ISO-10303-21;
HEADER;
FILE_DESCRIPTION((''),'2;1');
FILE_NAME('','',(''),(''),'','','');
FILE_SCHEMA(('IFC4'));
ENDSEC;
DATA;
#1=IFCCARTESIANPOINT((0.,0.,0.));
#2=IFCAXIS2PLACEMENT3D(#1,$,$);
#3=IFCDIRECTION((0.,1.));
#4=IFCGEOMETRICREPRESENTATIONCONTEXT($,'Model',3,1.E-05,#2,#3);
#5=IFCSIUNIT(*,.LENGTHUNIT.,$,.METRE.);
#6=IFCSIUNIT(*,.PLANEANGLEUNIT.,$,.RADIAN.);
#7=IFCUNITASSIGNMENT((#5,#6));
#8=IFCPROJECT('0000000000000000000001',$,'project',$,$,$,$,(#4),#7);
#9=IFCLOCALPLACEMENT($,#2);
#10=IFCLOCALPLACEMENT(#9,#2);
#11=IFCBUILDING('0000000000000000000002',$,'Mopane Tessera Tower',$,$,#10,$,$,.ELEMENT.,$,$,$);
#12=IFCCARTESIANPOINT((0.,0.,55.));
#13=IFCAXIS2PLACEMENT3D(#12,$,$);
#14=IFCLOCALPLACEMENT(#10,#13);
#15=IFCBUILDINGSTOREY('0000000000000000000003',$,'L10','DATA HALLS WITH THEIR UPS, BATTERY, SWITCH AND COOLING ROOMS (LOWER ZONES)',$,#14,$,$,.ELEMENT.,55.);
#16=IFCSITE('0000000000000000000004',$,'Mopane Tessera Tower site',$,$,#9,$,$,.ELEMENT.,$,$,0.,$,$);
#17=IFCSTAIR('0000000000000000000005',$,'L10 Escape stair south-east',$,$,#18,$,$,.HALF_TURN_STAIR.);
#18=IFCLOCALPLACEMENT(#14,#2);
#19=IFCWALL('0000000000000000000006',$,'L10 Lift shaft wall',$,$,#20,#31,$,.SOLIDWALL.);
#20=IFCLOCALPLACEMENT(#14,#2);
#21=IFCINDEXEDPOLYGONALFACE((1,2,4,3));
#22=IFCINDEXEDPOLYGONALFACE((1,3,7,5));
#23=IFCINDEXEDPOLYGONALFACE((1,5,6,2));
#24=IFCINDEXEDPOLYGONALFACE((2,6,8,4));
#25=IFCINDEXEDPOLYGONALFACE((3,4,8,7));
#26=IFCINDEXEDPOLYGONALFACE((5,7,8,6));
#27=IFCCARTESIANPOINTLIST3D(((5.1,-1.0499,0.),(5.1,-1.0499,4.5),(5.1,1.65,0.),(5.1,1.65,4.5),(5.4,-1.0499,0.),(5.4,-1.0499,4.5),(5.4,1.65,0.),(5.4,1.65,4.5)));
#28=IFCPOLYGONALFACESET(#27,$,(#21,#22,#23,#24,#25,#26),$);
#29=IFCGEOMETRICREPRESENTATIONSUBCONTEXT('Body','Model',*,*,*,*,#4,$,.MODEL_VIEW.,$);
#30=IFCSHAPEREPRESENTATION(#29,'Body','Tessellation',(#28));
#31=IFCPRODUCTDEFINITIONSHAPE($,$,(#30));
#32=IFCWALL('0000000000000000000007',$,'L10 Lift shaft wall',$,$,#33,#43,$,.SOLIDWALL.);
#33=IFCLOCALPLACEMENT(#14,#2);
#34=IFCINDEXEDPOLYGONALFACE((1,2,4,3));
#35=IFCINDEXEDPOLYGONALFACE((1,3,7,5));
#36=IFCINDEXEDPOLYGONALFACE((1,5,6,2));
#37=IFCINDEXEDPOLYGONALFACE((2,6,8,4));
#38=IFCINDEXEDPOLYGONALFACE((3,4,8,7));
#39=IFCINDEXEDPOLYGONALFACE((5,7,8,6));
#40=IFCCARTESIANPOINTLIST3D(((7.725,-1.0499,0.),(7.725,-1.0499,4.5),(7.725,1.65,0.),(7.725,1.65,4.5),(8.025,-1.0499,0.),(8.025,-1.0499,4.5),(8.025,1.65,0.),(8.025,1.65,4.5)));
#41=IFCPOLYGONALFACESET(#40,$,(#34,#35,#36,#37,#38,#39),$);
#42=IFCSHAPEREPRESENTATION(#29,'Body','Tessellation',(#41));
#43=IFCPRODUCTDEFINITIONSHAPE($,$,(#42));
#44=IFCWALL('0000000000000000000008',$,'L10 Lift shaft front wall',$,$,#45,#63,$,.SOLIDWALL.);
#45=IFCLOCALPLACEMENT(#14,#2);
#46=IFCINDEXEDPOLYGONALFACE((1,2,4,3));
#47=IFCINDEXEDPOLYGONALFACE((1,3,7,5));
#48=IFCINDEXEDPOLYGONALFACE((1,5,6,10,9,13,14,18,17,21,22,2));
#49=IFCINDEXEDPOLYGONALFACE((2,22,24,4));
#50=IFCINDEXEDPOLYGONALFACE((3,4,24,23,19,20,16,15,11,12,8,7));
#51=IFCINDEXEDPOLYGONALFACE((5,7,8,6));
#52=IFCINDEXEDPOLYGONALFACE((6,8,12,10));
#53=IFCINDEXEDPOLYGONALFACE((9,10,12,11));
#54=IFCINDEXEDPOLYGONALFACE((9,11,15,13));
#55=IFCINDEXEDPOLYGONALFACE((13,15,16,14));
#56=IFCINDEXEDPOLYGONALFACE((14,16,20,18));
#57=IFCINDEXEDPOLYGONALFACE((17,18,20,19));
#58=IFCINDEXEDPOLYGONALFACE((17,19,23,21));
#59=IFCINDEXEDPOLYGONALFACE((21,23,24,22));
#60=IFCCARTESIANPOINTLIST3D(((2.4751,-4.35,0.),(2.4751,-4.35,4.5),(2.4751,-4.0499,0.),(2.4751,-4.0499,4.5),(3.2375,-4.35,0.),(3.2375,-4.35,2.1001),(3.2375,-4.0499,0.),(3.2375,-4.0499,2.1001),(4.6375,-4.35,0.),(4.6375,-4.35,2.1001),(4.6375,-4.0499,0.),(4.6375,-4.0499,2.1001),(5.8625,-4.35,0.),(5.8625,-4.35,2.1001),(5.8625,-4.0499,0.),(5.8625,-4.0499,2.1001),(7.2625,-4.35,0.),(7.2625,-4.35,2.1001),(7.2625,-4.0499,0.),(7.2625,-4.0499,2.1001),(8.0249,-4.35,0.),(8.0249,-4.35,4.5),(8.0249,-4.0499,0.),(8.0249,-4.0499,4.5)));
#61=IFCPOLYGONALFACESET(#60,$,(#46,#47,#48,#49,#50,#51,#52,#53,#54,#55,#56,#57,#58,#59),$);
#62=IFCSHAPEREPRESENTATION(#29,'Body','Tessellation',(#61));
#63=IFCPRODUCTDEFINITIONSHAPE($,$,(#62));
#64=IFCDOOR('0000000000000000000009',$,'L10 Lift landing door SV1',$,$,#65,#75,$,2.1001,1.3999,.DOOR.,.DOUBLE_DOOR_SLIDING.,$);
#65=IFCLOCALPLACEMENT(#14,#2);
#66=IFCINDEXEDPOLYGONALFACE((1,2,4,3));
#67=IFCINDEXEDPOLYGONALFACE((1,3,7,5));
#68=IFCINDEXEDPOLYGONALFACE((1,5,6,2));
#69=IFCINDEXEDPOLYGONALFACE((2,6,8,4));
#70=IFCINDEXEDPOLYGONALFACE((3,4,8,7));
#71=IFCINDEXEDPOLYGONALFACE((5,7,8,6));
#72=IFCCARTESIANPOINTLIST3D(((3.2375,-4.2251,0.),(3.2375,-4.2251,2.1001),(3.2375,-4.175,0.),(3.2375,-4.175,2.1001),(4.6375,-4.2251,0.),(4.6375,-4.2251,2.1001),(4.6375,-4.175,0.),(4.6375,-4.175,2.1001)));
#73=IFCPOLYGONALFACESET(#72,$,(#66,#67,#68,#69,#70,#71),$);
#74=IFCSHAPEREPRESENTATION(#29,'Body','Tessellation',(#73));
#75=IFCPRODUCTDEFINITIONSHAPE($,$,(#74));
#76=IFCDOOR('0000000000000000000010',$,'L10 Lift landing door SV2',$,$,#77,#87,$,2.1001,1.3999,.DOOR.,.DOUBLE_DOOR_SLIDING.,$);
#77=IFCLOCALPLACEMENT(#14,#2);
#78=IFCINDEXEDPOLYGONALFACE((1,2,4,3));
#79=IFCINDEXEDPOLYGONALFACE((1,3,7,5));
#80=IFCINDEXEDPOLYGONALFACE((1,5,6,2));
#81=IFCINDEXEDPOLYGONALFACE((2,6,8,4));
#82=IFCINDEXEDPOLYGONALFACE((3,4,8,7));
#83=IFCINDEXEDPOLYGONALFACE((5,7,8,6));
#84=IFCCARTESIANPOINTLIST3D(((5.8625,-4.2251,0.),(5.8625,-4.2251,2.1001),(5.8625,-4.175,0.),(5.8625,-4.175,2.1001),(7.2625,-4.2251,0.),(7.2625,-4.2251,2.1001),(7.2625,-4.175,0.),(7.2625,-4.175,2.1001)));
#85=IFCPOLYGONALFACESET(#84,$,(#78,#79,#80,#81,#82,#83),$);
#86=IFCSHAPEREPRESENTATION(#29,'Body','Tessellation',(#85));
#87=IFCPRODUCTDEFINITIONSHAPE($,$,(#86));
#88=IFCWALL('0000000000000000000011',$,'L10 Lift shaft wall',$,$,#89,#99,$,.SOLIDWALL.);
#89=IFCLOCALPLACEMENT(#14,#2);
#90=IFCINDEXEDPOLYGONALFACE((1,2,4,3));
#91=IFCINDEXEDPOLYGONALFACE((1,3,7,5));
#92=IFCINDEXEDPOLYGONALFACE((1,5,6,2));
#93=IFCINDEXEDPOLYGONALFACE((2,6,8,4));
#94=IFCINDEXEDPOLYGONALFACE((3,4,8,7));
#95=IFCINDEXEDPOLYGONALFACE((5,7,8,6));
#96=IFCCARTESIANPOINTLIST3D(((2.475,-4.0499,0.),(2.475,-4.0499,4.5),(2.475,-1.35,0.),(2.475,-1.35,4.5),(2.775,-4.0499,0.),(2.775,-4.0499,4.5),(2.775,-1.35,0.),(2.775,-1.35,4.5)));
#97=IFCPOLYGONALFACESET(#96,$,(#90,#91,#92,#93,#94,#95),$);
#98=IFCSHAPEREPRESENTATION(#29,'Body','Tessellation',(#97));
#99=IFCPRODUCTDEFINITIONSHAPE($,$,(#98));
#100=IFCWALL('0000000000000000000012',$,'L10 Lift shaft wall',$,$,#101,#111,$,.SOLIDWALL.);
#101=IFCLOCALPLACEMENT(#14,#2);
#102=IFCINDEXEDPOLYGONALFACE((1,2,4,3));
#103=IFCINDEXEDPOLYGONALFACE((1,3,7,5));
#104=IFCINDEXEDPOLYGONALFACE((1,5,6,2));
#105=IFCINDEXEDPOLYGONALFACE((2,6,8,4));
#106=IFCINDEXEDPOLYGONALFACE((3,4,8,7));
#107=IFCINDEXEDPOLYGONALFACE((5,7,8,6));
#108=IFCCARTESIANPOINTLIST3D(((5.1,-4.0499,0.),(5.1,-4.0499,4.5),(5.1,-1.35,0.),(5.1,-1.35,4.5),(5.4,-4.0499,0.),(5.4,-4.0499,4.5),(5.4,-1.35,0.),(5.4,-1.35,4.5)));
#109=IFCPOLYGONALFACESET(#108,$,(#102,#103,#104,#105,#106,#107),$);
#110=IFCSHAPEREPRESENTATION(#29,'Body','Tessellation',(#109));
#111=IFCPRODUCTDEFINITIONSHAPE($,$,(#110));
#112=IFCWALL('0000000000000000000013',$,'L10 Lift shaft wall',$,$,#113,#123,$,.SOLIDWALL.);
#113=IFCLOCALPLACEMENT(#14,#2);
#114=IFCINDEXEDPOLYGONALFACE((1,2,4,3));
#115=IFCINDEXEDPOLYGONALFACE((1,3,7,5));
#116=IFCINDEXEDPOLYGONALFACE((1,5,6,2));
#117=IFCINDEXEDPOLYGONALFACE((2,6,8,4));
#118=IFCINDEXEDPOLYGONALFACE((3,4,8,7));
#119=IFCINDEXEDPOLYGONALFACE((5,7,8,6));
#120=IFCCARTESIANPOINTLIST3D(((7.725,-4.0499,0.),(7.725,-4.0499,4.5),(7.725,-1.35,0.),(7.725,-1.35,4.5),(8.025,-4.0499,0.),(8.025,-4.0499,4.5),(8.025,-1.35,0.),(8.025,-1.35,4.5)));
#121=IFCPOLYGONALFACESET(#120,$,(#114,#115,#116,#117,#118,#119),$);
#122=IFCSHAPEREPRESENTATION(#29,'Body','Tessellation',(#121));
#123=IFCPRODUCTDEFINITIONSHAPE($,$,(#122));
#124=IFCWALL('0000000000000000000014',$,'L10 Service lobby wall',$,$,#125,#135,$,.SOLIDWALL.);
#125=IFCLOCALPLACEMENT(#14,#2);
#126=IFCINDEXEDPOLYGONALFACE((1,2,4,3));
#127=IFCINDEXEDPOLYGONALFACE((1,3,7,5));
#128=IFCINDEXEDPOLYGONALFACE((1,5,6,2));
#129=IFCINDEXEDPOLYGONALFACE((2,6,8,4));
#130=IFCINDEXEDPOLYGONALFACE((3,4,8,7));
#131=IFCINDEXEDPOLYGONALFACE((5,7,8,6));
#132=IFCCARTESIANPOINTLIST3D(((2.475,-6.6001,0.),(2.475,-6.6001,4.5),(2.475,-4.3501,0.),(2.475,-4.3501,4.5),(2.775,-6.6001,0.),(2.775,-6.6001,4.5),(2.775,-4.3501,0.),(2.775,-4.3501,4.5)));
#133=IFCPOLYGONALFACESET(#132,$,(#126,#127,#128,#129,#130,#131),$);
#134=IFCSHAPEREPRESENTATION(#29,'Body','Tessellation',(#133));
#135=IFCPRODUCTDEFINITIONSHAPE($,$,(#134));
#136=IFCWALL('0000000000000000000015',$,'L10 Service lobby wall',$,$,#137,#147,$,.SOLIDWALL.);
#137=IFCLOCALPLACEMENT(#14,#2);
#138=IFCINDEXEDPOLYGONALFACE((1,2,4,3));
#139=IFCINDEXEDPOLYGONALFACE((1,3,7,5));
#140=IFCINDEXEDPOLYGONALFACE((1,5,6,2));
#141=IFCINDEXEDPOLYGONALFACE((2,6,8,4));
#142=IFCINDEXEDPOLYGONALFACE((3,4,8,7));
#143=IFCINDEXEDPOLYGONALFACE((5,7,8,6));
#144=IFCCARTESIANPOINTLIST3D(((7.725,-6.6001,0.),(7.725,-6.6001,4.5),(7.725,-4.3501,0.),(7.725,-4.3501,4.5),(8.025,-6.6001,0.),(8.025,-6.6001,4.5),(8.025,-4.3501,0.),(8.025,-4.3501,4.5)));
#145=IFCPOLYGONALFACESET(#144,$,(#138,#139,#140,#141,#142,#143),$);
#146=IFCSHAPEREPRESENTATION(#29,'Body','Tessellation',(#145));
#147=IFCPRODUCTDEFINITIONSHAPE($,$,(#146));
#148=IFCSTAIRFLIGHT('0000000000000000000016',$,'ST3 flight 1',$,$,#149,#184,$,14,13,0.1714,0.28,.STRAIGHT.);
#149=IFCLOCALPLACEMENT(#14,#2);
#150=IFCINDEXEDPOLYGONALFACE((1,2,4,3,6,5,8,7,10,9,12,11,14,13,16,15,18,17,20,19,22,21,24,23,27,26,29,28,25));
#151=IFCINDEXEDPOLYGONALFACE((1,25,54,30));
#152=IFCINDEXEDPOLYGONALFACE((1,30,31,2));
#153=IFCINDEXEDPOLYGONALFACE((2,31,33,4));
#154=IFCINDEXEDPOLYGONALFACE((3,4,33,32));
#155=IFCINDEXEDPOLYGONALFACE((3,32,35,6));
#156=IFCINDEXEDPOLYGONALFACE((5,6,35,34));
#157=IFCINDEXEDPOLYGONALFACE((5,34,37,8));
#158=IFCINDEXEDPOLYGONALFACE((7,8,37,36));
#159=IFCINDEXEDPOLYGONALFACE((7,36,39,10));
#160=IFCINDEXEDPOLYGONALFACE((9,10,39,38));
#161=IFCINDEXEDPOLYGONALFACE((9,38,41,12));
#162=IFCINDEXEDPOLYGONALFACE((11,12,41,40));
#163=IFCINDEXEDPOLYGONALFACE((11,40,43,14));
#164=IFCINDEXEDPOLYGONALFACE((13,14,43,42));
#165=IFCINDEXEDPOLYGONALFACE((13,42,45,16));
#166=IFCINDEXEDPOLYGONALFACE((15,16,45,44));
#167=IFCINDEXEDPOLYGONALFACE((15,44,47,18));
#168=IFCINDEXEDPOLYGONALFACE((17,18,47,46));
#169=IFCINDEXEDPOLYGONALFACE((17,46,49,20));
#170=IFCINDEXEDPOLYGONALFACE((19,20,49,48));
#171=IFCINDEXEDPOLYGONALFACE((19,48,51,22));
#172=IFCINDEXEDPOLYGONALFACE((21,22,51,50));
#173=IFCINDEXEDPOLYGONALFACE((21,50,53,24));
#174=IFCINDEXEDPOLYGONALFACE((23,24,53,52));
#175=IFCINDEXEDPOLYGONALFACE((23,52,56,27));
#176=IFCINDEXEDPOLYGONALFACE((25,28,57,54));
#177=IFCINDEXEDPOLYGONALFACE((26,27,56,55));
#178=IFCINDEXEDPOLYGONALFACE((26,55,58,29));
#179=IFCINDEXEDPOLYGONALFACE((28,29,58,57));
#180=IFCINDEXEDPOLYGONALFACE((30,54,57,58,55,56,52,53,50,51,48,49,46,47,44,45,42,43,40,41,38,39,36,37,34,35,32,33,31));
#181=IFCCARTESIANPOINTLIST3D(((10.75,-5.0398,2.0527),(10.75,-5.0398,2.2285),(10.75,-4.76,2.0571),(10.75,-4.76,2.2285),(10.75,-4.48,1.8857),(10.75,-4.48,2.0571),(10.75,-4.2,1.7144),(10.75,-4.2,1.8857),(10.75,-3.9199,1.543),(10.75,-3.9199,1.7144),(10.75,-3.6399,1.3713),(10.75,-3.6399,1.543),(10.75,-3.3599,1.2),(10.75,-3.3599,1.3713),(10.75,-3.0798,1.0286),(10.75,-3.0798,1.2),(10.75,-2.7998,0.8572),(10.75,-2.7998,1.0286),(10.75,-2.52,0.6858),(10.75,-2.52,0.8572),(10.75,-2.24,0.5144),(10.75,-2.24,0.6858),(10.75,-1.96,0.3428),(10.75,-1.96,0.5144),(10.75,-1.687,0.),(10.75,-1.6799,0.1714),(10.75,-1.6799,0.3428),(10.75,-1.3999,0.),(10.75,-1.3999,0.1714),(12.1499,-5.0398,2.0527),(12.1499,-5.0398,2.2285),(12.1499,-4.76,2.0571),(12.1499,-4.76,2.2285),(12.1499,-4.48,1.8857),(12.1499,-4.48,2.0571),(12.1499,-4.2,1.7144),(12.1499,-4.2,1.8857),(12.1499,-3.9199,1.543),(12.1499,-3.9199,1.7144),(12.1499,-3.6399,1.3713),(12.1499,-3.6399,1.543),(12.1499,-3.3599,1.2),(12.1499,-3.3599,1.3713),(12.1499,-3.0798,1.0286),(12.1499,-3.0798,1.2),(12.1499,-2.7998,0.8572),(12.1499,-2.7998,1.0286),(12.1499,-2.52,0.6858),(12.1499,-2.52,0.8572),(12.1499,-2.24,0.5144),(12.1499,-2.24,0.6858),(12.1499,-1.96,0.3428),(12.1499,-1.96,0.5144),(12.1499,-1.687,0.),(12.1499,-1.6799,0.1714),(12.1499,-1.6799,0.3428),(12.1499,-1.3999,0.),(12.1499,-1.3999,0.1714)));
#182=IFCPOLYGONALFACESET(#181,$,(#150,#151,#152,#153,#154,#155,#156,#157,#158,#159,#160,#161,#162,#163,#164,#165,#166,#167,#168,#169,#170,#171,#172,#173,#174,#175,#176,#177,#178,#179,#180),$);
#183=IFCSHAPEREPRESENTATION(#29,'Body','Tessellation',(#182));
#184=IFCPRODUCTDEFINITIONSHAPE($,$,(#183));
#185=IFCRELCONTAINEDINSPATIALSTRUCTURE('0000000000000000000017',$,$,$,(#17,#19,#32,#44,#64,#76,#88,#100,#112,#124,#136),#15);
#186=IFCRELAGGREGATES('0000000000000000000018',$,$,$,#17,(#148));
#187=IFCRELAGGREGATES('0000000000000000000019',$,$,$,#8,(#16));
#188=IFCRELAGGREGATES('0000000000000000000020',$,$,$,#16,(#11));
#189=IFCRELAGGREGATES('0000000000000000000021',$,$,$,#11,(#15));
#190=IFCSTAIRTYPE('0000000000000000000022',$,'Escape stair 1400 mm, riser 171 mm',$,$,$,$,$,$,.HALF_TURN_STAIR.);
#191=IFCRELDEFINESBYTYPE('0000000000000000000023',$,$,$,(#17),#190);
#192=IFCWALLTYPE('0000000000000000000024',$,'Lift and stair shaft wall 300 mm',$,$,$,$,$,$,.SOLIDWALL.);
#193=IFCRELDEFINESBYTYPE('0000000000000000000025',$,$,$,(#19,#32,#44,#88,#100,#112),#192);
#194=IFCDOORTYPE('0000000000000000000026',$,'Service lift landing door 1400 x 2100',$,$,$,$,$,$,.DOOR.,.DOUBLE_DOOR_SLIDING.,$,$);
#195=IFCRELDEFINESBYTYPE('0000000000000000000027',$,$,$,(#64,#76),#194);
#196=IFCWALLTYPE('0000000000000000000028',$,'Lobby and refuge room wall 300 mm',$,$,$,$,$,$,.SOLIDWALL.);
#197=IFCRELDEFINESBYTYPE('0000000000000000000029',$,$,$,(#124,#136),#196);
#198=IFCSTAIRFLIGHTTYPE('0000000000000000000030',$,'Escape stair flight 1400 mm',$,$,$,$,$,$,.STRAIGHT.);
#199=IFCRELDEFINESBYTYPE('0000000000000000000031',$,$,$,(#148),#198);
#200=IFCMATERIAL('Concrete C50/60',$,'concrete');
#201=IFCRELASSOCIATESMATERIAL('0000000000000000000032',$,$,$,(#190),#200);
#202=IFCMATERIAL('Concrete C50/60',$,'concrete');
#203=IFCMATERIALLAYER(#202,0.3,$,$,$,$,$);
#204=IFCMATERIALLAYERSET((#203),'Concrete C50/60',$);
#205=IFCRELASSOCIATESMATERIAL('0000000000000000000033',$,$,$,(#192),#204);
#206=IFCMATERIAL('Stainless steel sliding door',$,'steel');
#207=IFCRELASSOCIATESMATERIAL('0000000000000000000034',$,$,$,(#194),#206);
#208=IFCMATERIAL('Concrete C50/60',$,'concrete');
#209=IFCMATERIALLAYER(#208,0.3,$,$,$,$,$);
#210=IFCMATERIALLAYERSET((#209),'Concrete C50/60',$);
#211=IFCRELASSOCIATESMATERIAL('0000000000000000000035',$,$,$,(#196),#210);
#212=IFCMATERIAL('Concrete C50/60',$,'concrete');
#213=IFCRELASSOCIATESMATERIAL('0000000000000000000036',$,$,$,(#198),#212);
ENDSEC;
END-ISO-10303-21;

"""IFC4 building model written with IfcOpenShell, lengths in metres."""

from ifc_helpers import new_model, si_unit, direction, frame, frame_2d, origin, place, context, subcontext, project, spatial, polyline, rectangle, outline, extrude, material, layer, layer_set, type_object, element, fill, aggregate, save


model = new_model("IFC4")

# Units and contexts
model_context = context("Model", 3, precision=1e-05, world=origin(), true_north=direction((0.0, 1.0)))
body_context = subcontext(model_context, "Body", "Model", "MODEL_VIEW")
ifc_project = project(units=[si_unit("LENGTHUNIT", "METRE"), si_unit("PLANEANGLEUNIT", "RADIAN")], contexts=[model_context])

# Site, building, storey
site_placement = place(None, origin())
site = spatial("IfcSite", under=ifc_project, at=site_placement, Name="Mopane Tessera Tower site", CompositionType="ELEMENT", RefElevation=0.0)
building_placement = place(site_placement, origin())
building = spatial("IfcBuilding", under=site, at=building_placement, Name="Mopane Tessera Tower", CompositionType="ELEMENT")
storey_placement = place(building_placement, frame((0.0, 0.0, 55.0)))
storey = spatial("IfcBuildingStorey", under=building, at=storey_placement, Name="L10", Description="DATA HALLS WITH THEIR UPS, BATTERY, SWITCH AND COOLING ROOMS (LOWER ZONES)", CompositionType="ELEMENT", Elevation=55.0)

# Stair
ifc_material_1 = material(Name="Concrete C50/60", Category="concrete")
stair_type = type_object("IfcStairType", Name="Escape stair 1400 mm, riser 171 mm", PredefinedType="HALF_TURN_STAIR", material=ifc_material_1)
stair_1_placement = place(storey_placement, origin())
stair_1 = element("IfcStair", 1, at=stair_1_placement, inside=storey, type_object=stair_type, Name="L10 Escape stair south-east", PredefinedType="HALF_TURN_STAIR")

# Walls
ifc_material_2 = material(Name="Concrete C50/60", Category="concrete")
ifc_layer_1 = layer(ifc_material_2, 0.3)
ifc_layer_set_1 = layer_set([ifc_layer_1], Name="Concrete C50/60")
wall_type_1 = type_object("IfcWallType", Name="Lift and stair shaft wall 300 mm", PredefinedType="SOLIDWALL", material=ifc_layer_set_1)
for number, where, z_axis, x_axis, name in (
    (2, (5.25, -1.05, 0.0), (0.0, 0.0, 1.0), (0.0, 1.0, 0.0), "L10 Lift shaft wall"),
    (3, (7.875, -1.05, 0.0), (0.0, 0.0, 1.0), (0.0, 1.0, 0.0), "L10 Lift shaft wall"),
):
    element("IfcWall", number, at=place(storey_placement, frame(where, z_axis=z_axis, x_axis=x_axis)), inside=storey, type_object=wall_type_1, Name=name, PredefinedType="SOLIDWALL", context=body_context, shape_type="SweptSolid", body=[
        extrude(rectangle(XDim=2.7, YDim=0.3, at=frame_2d((1.3501, 0.0))), origin(), (0.0, 0.0, 1.0), 4.5),
    ])

# Wall, openings, doors
wall_1_placement = place(storey_placement, frame((2.4751, -4.2, 0.0), z_axis=(0.0, 0.0, 1.0), x_axis=(1.0, 0.0, 0.0)))
wall_1 = element("IfcWall", 4, at=wall_1_placement, inside=storey, type_object=wall_type_1, Name="L10 Lift shaft front wall", PredefinedType="SOLIDWALL", context=body_context, shape_type="SweptSolid", body=[
    extrude(rectangle(XDim=5.5498, YDim=0.3, at=frame_2d((2.7749, 0.0))), origin(), (0.0, 0.0, 1.0), 4.5),
])
opening_1_placement = place(wall_1_placement, frame((0.7625, 0.0, 0.0)))
opening_1 = element("IfcOpeningElement", 5, at=opening_1_placement, cuts=wall_1, PredefinedType="OPENING", context=body_context, shape_type="SweptSolid", body=[
    extrude(rectangle(XDim=1.3999, YDim=2.1001, at=frame_2d((0.7, 1.05))), frame((0.0, 0.1621, 0.0), z_axis=(0.0, -1.0, 0.0), x_axis=(1.0, 0.0, 0.0)), (0.0, 0.0, 1.0), 0.324),
])
opening_2_placement = place(wall_1_placement, frame((3.3875, 0.0, 0.0)))
opening_2 = element("IfcOpeningElement", 6, at=opening_2_placement, cuts=wall_1, PredefinedType="OPENING", context=body_context, shape_type="SweptSolid", body=[
    extrude(rectangle(XDim=1.3999, YDim=2.1001, at=frame_2d((0.7, 1.05))), frame((0.0, 0.1621, 0.0), z_axis=(0.0, -1.0, 0.0), x_axis=(1.0, 0.0, 0.0)), (0.0, 0.0, 1.0), 0.324),
])
ifc_material_3 = material(Name="Stainless steel sliding door", Category="steel")
door_type = type_object("IfcDoorType", Name="Service lift landing door 1400 x 2100", OperationType="DOUBLE_DOOR_SLIDING", PredefinedType="DOOR", material=ifc_material_3)
door_1_placement = place(opening_1_placement, origin())
door_1 = element("IfcDoor", 7, at=door_1_placement, inside=storey, type_object=door_type, Name="L10 Lift landing door SV1", OperationType="DOUBLE_DOOR_SLIDING", OverallHeight=2.1001, OverallWidth=1.3999, PredefinedType="DOOR", context=body_context, shape_type="SweptSolid", body=[
    extrude(rectangle(XDim=1.3999, YDim=2.1001, at=frame_2d((0.7, 1.05))), frame((0.0, 0.0249, 0.0), z_axis=(0.0, -1.0, 0.0), x_axis=(1.0, 0.0, 0.0)), (0.0, 0.0, 1.0), 0.05),
])
fill(opening_1, door_1)
door_2_placement = place(opening_2_placement, origin())
door_2 = element("IfcDoor", 8, at=door_2_placement, inside=storey, type_object=door_type, Name="L10 Lift landing door SV2", OperationType="DOUBLE_DOOR_SLIDING", OverallHeight=2.1001, OverallWidth=1.3999, PredefinedType="DOOR", context=body_context, shape_type="SweptSolid", body=[
    extrude(rectangle(XDim=1.3999, YDim=2.1001, at=frame_2d((0.7, 1.05))), frame((0.0, 0.0249, 0.0), z_axis=(0.0, -1.0, 0.0), x_axis=(1.0, 0.0, 0.0)), (0.0, 0.0, 1.0), 0.05),
])
fill(opening_2, door_2)

# Walls
for number, where, z_axis, x_axis, name in (
    (9, (2.625, -4.05, 0.0), (0.0, 0.0, 1.0), (0.0, 1.0, 0.0), "L10 Lift shaft wall"),
    (10, (5.25, -4.05, 0.0), (0.0, 0.0, 1.0), (0.0, 1.0, 0.0), "L10 Lift shaft wall"),
    (11, (7.875, -4.05, 0.0), (0.0, 0.0, 1.0), (0.0, 1.0, 0.0), "L10 Lift shaft wall"),
):
    element("IfcWall", number, at=place(storey_placement, frame(where, z_axis=z_axis, x_axis=x_axis)), inside=storey, type_object=wall_type_1, Name=name, PredefinedType="SOLIDWALL", context=body_context, shape_type="SweptSolid", body=[
        extrude(rectangle(XDim=2.7, YDim=0.3, at=frame_2d((1.3501, 0.0))), origin(), (0.0, 0.0, 1.0), 4.5),
    ])
ifc_material_4 = material(Name="Concrete C50/60", Category="concrete")
ifc_layer_2 = layer(ifc_material_4, 0.3)
ifc_layer_set_2 = layer_set([ifc_layer_2], Name="Concrete C50/60")
wall_type_2 = type_object("IfcWallType", Name="Lobby and refuge room wall 300 mm", PredefinedType="SOLIDWALL", material=ifc_layer_set_2)
for number, where, z_axis, x_axis, name in (
    (12, (2.625, -6.6001, 0.0), (0.0, 0.0, 1.0), (0.0, 1.0, 0.0), "L10 Service lobby wall"),
    (13, (7.875, -6.6001, 0.0), (0.0, 0.0, 1.0), (0.0, 1.0, 0.0), "L10 Service lobby wall"),
):
    element("IfcWall", number, at=place(storey_placement, frame(where, z_axis=z_axis, x_axis=x_axis)), inside=storey, type_object=wall_type_2, Name=name, PredefinedType="SOLIDWALL", context=body_context, shape_type="SweptSolid", body=[
        extrude(rectangle(XDim=2.25, YDim=0.3, at=frame_2d((1.125, 0.0))), origin(), (0.0, 0.0, 1.0), 4.5),
    ])

# Stair flight
ifc_material_5 = material(Name="Concrete C50/60", Category="concrete")
stair_flight_type = type_object("IfcStairFlightType", Name="Escape stair flight 1400 mm", PredefinedType="STRAIGHT", material=ifc_material_5)
stair_flight_placement = place(storey_placement, frame((11.45, -1.3999, 0.0), z_axis=(0.0, 0.0, 1.0), x_axis=(0.0, -1.0, 0.0)))
stair_flight = element("IfcStairFlight", 14, at=stair_flight_placement, type_object=stair_flight_type, Name="ST3 flight 1", NumberOfRisers=14, NumberOfTreads=13, PredefinedType="STRAIGHT", RiserHeight=0.1714, TreadLength=0.28, context=body_context, shape_type="SweptSolid", body=[
    extrude(outline(polyline([(0.0, 0.0), (0.0, 0.1714), (0.28, 0.1714), (0.28, 0.3428), (0.5601, 0.3428), (0.5601, 0.5144), (0.8401, 0.5144), (0.8401, 0.6858), (1.1201, 0.6858), (1.1201, 0.8572), (1.3999, 0.8572), (1.3999, 1.0286), (1.6799, 1.0286), (1.6799, 1.2), (1.96, 1.2), (1.96, 1.3713), (2.24, 1.3713), (2.24, 1.543), (2.52, 1.543), (2.52, 1.7144), (2.8, 1.7144), (2.8, 1.8857), (3.0801, 1.8857), (3.0801, 2.0571), (3.3601, 2.0571), (3.3601, 2.2285), (3.6399, 2.2285), (3.6399, 2.3999), (3.6399, 2.0527), (0.2871, 0.0), (0.0, 0.0)])), frame((0.0, 0.7, 0.0), z_axis=(0.0, -1.0, 0.0), x_axis=(1.0, 0.0, 0.0)), (0.0, 0.0, 1.0), 1.3999),
])
aggregate(stair_1, [stair_flight])

save(model, "model.ifc")
